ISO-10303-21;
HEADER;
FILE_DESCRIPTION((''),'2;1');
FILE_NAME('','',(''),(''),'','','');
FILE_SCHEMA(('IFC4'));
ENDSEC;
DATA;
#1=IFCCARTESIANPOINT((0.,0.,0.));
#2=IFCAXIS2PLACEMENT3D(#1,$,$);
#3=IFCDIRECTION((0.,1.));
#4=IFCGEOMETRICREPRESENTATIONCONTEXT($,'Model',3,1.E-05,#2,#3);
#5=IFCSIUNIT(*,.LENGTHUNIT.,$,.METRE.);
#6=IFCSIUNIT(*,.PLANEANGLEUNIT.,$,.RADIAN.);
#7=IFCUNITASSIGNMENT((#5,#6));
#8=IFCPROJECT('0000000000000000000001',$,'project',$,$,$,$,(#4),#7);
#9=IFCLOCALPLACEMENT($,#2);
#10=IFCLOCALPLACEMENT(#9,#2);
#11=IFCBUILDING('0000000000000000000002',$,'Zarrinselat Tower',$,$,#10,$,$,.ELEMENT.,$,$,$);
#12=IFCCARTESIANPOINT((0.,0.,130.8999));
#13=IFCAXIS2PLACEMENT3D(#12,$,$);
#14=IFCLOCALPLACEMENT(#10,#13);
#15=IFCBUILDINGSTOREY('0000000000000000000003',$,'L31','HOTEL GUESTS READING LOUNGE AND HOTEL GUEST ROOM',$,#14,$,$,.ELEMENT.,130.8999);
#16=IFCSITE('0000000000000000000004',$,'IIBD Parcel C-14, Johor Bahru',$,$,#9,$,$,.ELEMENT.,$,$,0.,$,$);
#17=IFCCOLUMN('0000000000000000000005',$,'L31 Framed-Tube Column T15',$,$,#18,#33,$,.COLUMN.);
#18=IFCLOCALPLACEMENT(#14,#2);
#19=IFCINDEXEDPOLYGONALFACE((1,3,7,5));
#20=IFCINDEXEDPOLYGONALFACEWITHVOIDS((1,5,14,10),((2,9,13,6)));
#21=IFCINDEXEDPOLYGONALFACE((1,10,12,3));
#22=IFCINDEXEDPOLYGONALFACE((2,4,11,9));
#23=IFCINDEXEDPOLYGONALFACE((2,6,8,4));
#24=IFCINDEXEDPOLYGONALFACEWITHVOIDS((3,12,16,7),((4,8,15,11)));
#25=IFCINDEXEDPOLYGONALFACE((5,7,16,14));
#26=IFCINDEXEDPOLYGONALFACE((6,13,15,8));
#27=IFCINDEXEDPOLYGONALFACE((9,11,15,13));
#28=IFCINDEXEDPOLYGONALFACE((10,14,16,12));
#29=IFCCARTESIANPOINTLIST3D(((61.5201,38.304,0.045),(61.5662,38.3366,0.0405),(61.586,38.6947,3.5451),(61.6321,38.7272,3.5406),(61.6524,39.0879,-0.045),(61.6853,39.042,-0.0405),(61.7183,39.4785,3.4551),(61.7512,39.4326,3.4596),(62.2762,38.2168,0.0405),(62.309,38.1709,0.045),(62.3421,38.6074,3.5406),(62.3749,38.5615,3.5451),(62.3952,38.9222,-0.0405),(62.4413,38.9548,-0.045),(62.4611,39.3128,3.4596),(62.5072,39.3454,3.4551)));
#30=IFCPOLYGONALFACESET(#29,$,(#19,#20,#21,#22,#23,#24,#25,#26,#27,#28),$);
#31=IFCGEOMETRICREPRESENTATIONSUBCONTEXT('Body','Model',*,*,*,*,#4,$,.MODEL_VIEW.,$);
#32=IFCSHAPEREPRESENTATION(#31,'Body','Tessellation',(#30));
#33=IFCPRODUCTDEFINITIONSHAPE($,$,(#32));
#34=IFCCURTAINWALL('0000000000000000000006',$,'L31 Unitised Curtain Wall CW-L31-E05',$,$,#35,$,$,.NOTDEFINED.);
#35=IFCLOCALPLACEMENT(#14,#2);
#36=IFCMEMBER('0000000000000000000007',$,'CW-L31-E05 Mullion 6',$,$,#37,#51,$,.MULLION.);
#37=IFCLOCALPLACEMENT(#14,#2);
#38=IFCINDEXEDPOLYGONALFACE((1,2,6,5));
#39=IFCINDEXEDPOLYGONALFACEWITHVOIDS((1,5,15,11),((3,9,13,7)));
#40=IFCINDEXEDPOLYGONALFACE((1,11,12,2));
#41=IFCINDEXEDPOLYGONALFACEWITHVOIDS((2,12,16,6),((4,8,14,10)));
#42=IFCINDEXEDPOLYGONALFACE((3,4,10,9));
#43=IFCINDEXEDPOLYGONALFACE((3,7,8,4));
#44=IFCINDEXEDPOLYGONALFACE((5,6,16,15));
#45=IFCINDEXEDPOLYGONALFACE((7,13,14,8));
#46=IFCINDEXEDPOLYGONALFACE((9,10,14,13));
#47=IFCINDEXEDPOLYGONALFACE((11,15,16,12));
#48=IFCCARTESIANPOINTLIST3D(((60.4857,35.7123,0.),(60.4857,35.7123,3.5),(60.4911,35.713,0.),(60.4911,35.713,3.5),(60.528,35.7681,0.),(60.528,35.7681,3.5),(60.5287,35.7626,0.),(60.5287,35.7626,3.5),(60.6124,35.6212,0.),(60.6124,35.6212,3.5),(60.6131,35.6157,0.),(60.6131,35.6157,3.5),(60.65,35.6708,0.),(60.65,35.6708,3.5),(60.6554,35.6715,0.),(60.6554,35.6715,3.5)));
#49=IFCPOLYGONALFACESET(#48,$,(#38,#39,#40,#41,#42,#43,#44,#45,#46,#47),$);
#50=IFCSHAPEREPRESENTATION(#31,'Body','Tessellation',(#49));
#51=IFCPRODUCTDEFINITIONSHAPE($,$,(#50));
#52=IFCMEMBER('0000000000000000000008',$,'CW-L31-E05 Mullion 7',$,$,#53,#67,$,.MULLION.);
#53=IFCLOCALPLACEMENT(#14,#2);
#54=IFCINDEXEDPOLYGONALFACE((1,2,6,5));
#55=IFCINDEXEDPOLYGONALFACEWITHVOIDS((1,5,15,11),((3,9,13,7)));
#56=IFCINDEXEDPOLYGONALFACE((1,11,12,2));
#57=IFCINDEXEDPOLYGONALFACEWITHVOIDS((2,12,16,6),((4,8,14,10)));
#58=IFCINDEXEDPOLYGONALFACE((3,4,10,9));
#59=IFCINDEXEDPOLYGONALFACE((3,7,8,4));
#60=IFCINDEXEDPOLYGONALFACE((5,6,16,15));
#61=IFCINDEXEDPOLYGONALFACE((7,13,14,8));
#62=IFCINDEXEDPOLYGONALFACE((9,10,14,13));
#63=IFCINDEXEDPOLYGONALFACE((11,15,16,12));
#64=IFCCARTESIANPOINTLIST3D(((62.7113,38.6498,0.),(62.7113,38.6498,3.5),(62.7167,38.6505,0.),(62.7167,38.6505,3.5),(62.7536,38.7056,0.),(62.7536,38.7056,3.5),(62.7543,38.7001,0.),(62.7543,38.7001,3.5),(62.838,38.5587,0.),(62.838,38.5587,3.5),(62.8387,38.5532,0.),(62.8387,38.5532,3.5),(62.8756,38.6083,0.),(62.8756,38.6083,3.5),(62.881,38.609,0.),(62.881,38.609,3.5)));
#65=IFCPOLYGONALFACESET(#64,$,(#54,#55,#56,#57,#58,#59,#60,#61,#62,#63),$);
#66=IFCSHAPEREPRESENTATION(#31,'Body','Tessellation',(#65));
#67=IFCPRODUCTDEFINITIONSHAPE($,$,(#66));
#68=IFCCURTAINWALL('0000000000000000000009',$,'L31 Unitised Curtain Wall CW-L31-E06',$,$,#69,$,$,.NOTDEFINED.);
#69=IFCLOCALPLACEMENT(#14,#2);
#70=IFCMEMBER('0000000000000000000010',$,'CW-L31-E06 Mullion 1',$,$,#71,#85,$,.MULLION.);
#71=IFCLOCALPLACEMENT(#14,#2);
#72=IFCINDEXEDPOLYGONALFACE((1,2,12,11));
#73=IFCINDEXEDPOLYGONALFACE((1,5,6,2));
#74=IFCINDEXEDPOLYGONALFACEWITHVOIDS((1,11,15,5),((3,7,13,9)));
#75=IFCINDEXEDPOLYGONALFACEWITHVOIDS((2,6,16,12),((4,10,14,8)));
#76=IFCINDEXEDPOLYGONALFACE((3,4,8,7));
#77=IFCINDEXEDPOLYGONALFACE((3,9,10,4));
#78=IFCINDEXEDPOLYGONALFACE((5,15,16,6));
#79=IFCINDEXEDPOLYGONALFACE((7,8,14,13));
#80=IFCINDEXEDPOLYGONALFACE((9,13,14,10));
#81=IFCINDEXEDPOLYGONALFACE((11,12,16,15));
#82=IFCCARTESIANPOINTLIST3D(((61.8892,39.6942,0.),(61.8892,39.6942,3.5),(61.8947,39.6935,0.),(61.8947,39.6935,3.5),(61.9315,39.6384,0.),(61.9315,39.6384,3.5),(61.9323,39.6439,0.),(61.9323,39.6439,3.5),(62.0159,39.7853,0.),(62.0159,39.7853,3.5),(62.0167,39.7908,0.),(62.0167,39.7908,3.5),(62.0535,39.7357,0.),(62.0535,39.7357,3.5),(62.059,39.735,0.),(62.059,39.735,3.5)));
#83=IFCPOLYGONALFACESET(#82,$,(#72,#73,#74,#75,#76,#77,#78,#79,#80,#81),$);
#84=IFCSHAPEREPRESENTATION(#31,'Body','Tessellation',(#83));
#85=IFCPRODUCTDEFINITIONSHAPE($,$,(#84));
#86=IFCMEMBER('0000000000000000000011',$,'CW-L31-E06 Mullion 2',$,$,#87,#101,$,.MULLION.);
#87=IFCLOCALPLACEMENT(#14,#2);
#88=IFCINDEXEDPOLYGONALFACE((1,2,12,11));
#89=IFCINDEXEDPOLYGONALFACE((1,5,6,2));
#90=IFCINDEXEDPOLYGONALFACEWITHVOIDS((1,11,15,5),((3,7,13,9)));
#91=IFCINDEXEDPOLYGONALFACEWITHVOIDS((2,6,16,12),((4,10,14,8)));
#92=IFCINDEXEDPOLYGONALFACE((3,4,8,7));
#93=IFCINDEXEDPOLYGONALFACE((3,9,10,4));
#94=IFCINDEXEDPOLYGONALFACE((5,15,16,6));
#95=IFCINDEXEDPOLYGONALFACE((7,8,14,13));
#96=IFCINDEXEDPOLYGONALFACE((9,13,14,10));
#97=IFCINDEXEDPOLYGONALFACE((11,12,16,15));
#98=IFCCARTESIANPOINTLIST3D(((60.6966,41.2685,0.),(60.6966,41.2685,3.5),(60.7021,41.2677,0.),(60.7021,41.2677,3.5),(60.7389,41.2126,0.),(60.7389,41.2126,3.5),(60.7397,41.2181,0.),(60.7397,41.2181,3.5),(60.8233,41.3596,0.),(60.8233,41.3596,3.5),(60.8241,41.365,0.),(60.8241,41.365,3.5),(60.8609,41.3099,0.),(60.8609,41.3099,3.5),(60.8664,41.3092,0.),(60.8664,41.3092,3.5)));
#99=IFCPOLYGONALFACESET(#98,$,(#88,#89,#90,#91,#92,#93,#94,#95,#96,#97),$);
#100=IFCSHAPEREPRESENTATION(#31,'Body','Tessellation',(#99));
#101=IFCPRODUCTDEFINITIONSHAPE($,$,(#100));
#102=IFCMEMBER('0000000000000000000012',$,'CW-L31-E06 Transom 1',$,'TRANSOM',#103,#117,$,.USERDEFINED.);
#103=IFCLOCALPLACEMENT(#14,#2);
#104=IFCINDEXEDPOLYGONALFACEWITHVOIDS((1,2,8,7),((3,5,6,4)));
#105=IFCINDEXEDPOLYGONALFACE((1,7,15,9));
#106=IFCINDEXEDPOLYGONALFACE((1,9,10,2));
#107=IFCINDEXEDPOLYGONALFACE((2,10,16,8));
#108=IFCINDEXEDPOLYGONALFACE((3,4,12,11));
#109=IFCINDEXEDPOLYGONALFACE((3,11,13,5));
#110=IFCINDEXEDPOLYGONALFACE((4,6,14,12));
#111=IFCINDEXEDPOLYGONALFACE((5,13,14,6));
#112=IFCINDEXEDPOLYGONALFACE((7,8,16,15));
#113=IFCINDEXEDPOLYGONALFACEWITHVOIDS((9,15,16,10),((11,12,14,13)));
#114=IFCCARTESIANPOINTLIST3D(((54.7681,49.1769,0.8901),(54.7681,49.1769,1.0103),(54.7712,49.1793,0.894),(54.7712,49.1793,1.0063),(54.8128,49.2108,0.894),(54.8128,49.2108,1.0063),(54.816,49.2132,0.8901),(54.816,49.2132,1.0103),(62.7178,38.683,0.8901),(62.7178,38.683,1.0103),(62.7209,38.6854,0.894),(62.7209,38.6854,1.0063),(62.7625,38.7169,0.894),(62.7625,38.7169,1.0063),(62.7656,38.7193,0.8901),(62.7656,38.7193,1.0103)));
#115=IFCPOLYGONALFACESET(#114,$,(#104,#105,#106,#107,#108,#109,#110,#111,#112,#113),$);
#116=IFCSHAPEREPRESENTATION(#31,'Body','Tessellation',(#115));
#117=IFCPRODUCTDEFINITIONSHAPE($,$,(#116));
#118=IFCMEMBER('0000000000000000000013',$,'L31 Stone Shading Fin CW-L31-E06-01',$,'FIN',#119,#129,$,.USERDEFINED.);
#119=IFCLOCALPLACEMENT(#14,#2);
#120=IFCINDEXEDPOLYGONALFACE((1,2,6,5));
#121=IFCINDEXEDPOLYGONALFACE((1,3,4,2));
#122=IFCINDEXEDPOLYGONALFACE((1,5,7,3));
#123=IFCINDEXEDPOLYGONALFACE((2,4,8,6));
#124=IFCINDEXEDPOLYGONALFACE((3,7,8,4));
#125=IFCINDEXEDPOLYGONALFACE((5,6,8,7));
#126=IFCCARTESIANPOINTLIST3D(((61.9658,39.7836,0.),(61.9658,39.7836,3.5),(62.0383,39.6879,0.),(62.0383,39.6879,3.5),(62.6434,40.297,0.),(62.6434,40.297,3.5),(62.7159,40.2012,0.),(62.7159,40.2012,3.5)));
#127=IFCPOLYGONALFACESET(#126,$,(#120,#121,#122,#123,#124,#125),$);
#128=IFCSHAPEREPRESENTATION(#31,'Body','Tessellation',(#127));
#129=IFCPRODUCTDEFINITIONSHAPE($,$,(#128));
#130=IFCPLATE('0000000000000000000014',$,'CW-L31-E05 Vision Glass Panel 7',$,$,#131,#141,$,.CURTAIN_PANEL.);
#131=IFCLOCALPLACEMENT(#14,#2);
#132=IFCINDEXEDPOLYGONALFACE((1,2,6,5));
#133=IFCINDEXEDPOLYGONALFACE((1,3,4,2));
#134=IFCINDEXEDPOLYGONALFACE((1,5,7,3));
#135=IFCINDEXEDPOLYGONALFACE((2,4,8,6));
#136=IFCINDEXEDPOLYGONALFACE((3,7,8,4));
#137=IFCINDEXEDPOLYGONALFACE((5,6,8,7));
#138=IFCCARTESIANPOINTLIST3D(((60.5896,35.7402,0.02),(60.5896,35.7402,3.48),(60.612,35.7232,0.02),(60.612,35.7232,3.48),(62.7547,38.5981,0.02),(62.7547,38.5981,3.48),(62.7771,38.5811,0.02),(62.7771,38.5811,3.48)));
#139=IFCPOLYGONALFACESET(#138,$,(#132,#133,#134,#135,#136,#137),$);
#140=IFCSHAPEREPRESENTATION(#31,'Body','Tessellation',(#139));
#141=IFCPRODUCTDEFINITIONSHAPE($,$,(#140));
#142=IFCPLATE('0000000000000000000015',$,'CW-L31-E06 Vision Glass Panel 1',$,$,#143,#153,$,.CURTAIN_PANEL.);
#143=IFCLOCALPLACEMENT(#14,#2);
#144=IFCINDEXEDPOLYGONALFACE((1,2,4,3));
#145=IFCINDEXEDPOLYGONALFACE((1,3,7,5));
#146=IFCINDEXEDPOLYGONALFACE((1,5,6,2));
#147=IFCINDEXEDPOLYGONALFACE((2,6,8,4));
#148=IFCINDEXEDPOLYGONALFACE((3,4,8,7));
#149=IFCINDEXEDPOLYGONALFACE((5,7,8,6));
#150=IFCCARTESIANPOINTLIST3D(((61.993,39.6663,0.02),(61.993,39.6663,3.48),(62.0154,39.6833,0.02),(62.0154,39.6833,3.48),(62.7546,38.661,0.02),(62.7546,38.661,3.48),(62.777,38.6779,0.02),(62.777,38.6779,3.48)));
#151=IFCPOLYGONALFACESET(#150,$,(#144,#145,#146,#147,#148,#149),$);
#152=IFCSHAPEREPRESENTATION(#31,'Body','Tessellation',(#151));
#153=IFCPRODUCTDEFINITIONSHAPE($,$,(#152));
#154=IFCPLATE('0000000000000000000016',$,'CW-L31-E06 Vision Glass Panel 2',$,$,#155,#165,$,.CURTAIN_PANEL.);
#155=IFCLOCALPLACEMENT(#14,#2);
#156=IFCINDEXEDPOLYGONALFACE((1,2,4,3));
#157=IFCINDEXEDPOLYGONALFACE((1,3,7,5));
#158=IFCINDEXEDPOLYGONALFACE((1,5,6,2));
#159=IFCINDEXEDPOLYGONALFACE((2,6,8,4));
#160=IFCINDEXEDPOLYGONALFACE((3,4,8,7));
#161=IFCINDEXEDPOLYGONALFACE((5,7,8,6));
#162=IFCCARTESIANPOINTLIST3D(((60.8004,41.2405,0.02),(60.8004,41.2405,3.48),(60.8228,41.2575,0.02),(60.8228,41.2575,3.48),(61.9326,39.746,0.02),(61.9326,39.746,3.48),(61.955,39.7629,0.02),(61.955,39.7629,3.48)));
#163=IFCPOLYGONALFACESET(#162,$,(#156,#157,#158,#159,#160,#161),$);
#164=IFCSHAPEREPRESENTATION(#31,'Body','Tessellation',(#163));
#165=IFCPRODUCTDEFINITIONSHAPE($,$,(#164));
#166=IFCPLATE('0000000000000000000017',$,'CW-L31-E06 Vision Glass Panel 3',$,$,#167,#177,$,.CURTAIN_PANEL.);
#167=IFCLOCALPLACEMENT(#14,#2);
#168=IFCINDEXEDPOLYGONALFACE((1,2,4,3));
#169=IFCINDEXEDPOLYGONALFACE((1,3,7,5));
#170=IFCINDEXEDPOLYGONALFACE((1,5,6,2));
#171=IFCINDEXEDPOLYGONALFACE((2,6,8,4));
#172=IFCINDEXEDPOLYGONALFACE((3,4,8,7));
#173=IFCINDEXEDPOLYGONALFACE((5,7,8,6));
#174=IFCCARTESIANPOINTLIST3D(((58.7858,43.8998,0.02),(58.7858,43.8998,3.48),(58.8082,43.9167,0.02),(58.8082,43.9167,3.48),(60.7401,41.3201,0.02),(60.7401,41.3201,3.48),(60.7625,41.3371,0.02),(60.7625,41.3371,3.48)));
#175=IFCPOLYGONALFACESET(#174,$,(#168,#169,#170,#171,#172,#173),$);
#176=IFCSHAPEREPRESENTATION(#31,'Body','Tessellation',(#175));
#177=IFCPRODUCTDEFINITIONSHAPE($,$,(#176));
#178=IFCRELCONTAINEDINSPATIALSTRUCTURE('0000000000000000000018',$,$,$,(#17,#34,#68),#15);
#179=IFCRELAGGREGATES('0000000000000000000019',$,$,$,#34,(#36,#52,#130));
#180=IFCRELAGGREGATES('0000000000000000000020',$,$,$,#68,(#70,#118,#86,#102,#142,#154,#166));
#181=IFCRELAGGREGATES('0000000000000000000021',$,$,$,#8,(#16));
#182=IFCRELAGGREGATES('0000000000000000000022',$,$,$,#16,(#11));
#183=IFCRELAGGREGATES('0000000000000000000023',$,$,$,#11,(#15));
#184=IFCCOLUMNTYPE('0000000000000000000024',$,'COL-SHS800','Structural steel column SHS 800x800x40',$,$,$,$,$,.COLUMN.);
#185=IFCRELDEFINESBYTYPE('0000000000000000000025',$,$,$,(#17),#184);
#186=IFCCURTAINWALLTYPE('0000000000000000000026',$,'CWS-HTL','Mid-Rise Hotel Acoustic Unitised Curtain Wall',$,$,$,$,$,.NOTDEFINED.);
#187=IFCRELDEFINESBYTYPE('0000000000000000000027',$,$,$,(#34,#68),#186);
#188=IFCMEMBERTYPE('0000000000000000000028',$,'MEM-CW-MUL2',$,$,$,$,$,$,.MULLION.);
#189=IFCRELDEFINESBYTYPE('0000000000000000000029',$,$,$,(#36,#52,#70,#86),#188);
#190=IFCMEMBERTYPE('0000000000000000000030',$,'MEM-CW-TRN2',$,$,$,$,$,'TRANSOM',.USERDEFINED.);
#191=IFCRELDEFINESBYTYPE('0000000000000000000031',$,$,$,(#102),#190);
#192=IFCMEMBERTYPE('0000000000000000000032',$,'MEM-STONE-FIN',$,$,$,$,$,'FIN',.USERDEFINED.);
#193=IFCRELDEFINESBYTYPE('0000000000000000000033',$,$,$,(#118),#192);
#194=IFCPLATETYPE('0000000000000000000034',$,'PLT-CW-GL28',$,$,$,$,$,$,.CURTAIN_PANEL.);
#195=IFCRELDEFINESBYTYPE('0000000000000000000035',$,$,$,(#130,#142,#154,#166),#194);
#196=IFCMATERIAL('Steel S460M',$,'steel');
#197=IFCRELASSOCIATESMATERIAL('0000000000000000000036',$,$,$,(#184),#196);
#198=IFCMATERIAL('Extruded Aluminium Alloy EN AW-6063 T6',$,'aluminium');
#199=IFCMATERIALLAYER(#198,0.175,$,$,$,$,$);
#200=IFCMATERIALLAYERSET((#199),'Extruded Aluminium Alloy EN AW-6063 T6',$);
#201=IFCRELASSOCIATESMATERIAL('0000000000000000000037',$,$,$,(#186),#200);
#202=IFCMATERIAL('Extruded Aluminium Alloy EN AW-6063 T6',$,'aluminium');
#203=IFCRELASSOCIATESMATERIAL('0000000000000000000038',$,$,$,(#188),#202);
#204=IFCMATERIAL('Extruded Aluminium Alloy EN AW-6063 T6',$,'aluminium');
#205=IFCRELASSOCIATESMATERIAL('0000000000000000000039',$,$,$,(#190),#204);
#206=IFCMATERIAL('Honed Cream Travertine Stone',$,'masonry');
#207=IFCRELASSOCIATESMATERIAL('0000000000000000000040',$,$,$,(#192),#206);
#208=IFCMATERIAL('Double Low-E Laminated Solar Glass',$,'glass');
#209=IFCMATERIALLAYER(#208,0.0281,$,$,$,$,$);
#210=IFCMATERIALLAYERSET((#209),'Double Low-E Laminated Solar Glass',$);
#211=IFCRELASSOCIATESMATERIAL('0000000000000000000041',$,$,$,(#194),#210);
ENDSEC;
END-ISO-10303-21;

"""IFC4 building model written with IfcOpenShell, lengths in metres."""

from ifc_helpers import new_model, si_unit, direction, frame, origin, origin_2d, place, context, subcontext, project, spatial, rectangle, hollow_rectangle, extrude, material, layer, layer_set, material_profile, profile_set, type_object, element, aggregate, save


model = new_model("IFC4")

# Units and contexts
model_context = context("Model", 3, precision=1e-05, world=origin(), true_north=direction((0.0, 1.0)))
body_context = subcontext(model_context, "Body", "Model", "MODEL_VIEW")
ifc_project = project(units=[si_unit("LENGTHUNIT", "METRE"), si_unit("PLANEANGLEUNIT", "RADIAN")], contexts=[model_context])

# Site, building, storey
site_placement = place(None, origin())
site = spatial("IfcSite", under=ifc_project, at=site_placement, Name="IIBD Parcel C-14, Johor Bahru", CompositionType="ELEMENT", RefElevation=0.0)
building_placement = place(site_placement, origin())
building = spatial("IfcBuilding", under=site, at=building_placement, Name="Zarrinselat Tower", CompositionType="ELEMENT")
storey_placement = place(building_placement, frame((0.0, 0.0, 130.8999)))
storey = spatial("IfcBuildingStorey", under=building, at=storey_placement, Name="L31", Description="HOTEL GUESTS READING LOUNGE AND HOTEL GUEST ROOM", CompositionType="ELEMENT", Elevation=130.8999)

# Column
ifc_material_1 = material(Name="Steel S460M", Category="steel")
ifc_material_profile_1 = material_profile(ifc_material_1, hollow_rectangle(XDim=0.8, YDim=0.8, WallThickness=0.04, at=origin_2d()), Name="SHS 800x800x40")
ifc_profile_set_1 = profile_set([ifc_material_profile_1], Name="Steel S460M")
column_type = type_object("IfcColumnType", Name="COL-SHS800", Description="Structural steel column SHS 800x800x40", PredefinedType="COLUMN", material=ifc_profile_set_1)
column_placement = place(storey_placement, frame((61.9807, 38.6294, 0.0), z_axis=(0.018714, 0.110899, 0.993655), x_axis=(-0.986059, 0.166397, 0.0)))
element("IfcColumn", 1, at=column_placement, inside=storey, type_object=column_type, Name="L31 Framed-Tube Column T15", PredefinedType="COLUMN", context=body_context, shape_type="SweptSolid", body=[
    extrude(hollow_rectangle(XDim=0.8, YDim=0.8, WallThickness=0.04, at=origin_2d()), origin(), (0.0, 0.0, 1.0), 3.5225),
])

# Curtain walls, members
ifc_material_2 = material(Name="Extruded Aluminium Alloy EN AW-6063 T6", Category="aluminium")
ifc_layer_1 = layer(ifc_material_2, 0.175)
ifc_layer_set_1 = layer_set([ifc_layer_1], Name="Extruded Aluminium Alloy EN AW-6063 T6")
curtain_wall_type = type_object("IfcCurtainWallType", Name="CWS-HTL", Description="Mid-Rise Hotel Acoustic Unitised Curtain Wall", PredefinedType="NOTDEFINED", material=ifc_layer_set_1)
curtain_wall_1_placement = place(storey_placement, origin())
curtain_wall_1 = element("IfcCurtainWall", 2, at=curtain_wall_1_placement, inside=storey, type_object=curtain_wall_type, Name="L31 Unitised Curtain Wall CW-L31-E05", PredefinedType="NOTDEFINED")
ifc_material_3 = material(Name="Extruded Aluminium Alloy EN AW-6063 T6", Category="aluminium")
ifc_material_profile_2 = material_profile(ifc_material_3, hollow_rectangle(XDim=0.0701, YDim=0.1599, WallThickness=0.0039, at=origin_2d()), Name="RHS 160x70x4")
ifc_profile_set_2 = profile_set([ifc_material_profile_2], Name="Extruded Aluminium Alloy EN AW-6063 T6")
member_type_1 = type_object("IfcMemberType", Name="MEM-CW-MUL2", PredefinedType="MULLION", material=ifc_profile_set_2)
member_1_placement = place(storey_placement, frame((60.5706, 35.6919, 0.0), z_axis=(0.0, 0.0, 1.0), x_axis=(0.603858, 0.797092, 0.0)))
member_1 = element("IfcMember", 3, at=member_1_placement, type_object=member_type_1, Name="CW-L31-E05 Mullion 6", PredefinedType="MULLION", context=body_context, shape_type="SweptSolid", body=[
    extrude(hollow_rectangle(XDim=0.0701, YDim=0.1599, WallThickness=0.0039, at=origin_2d()), origin(), (0.0, 0.0, 1.0), 3.5),
])
member_2_placement = place(storey_placement, frame((62.7961, 38.6294, 0.0), z_axis=(0.0, 0.0, 1.0), x_axis=(0.603858, 0.797092, 0.0)))
member_2 = element("IfcMember", 4, at=member_2_placement, type_object=member_type_1, Name="CW-L31-E05 Mullion 7", PredefinedType="MULLION", context=body_context, shape_type="SweptSolid", body=[
    extrude(hollow_rectangle(XDim=0.0701, YDim=0.1599, WallThickness=0.0039, at=origin_2d()), origin(), (0.0, 0.0, 1.0), 3.5),
])
curtain_wall_2_placement = place(storey_placement, origin())
curtain_wall_2 = element("IfcCurtainWall", 5, at=curtain_wall_2_placement, inside=storey, type_object=curtain_wall_type, Name="L31 Unitised Curtain Wall CW-L31-E06", PredefinedType="NOTDEFINED")
member_3_placement = place(storey_placement, frame((61.9741, 39.7146, 0.0), z_axis=(0.0, 0.0, 1.0), x_axis=(-0.603858, 0.797092, 0.0)))
member_3 = element("IfcMember", 6, at=member_3_placement, type_object=member_type_1, Name="CW-L31-E06 Mullion 1", PredefinedType="MULLION", context=body_context, shape_type="SweptSolid", body=[
    extrude(hollow_rectangle(XDim=0.0701, YDim=0.1599, WallThickness=0.0039, at=origin_2d()), origin(), (0.0, 0.0, 1.0), 3.5),
])
member_4_placement = place(storey_placement, frame((60.7815, 41.2888, 0.0), z_axis=(0.0, 0.0, 1.0), x_axis=(-0.603858, 0.797092, 0.0)))
member_4 = element("IfcMember", 7, at=member_4_placement, type_object=member_type_1, Name="CW-L31-E06 Mullion 2", PredefinedType="MULLION", context=body_context, shape_type="SweptSolid", body=[
    extrude(hollow_rectangle(XDim=0.0701, YDim=0.1599, WallThickness=0.0039, at=origin_2d()), origin(), (0.0, 0.0, 1.0), 3.5),
])
ifc_material_4 = material(Name="Extruded Aluminium Alloy EN AW-6063 T6", Category="aluminium")
ifc_material_profile_3 = material_profile(ifc_material_4, hollow_rectangle(XDim=0.0601, YDim=0.1201, WallThickness=0.0039, at=origin_2d()), Name="RHS 120x60x4")
ifc_profile_set_3 = profile_set([ifc_material_profile_3], Name="Extruded Aluminium Alloy EN AW-6063 T6")
member_type_2 = type_object("IfcMemberType", Name="MEM-CW-TRN2", ElementType="TRANSOM", PredefinedType="USERDEFINED", material=ifc_profile_set_3)
member_5_placement = place(storey_placement, frame((62.7417, 38.7012, 0.9502), z_axis=(-0.603847, 0.7971, 0.0), x_axis=(-0.7971, -0.603847, 0.0)))
member_5 = element("IfcMember", 8, at=member_5_placement, type_object=member_type_2, Name="CW-L31-E06 Transom 1", ObjectType="TRANSOM", PredefinedType="USERDEFINED", context=body_context, shape_type="SweptSolid", body=[
    extrude(hollow_rectangle(XDim=0.0601, YDim=0.1201, WallThickness=0.0039, at=origin_2d()), origin(), (0.0, 0.0, 1.0), 13.165),
])
ifc_material_5 = material(Name="Honed Cream Travertine Stone", Category="masonry")
ifc_material_profile_4 = material_profile(ifc_material_5, rectangle(XDim=0.1201, YDim=0.8501, at=origin_2d()), Name="FIN 850x120")
ifc_profile_set_4 = profile_set([ifc_material_profile_4], Name="Honed Cream Travertine Stone")
member_type_3 = type_object("IfcMemberType", Name="MEM-STONE-FIN", ElementType="FIN", PredefinedType="USERDEFINED", material=ifc_profile_set_4)
member_6_placement = place(storey_placement, frame((62.3408, 39.9924, 0.0), z_axis=(0.0, 0.0, 1.0), x_axis=(0.603858, -0.797092, 0.0)))
member_6 = element("IfcMember", 9, at=member_6_placement, type_object=member_type_3, Name="L31 Stone Shading Fin CW-L31-E06-01", ObjectType="FIN", PredefinedType="USERDEFINED", context=body_context, shape_type="SweptSolid", body=[
    extrude(rectangle(XDim=0.1201, YDim=0.8501, at=origin_2d()), origin(), (0.0, 0.0, 1.0), 3.5),
])

# Plates
ifc_material_6 = material(Name="Double Low-E Laminated Solar Glass", Category="glass")
ifc_layer_2 = layer(ifc_material_6, 0.0281)
ifc_layer_set_2 = layer_set([ifc_layer_2], Name="Double Low-E Laminated Solar Glass")
plate_type = type_object("IfcPlateType", Name="PLT-CW-GL28", PredefinedType="CURTAIN_PANEL", material=ifc_layer_set_2)
plate_1_placement = place(storey_placement, frame((61.6833, 37.1606, 0.02), z_axis=(0.0, 0.0, 1.0), x_axis=(0.603858, 0.797092, 0.0)))
plate_1 = element("IfcPlate", 10, at=plate_1_placement, type_object=plate_type, Name="CW-L31-E05 Vision Glass Panel 7", PredefinedType="CURTAIN_PANEL", context=body_context, shape_type="SweptSolid", body=[
    extrude(rectangle(XDim=3.5854, YDim=0.0281, at=origin_2d()), origin(), (0.0, 0.0, 1.0), 3.46),
])
aggregate(curtain_wall_1, [member_1, member_2, plate_1])
plate_2_placement = place(storey_placement, frame((62.385, 39.1721, 0.02), z_axis=(0.0, 0.0, 1.0), x_axis=(-0.603858, 0.797092, 0.0)))
plate_2 = element("IfcPlate", 11, at=plate_2_placement, type_object=plate_type, Name="CW-L31-E06 Vision Glass Panel 1", PredefinedType="CURTAIN_PANEL", context=body_context, shape_type="SweptSolid", body=[
    extrude(rectangle(XDim=1.2612, YDim=0.0281, at=origin_2d()), origin(), (0.0, 0.0, 1.0), 3.46),
])
plate_3_placement = place(storey_placement, frame((61.3777, 40.5017, 0.02), z_axis=(0.0, 0.0, 1.0), x_axis=(-0.603858, 0.797092, 0.0)))
plate_3 = element("IfcPlate", 12, at=plate_3_placement, type_object=plate_type, Name="CW-L31-E06 Vision Glass Panel 2", PredefinedType="CURTAIN_PANEL", context=body_context, shape_type="SweptSolid", body=[
    extrude(rectangle(XDim=1.875, YDim=0.0281, at=origin_2d()), origin(), (0.0, 0.0, 1.0), 3.46),
])
plate_4_placement = place(storey_placement, frame((59.7742, 42.6184, 0.02), z_axis=(0.0, 0.0, 1.0), x_axis=(-0.603858, 0.797092, 0.0)))
plate_4 = element("IfcPlate", 13, at=plate_4_placement, type_object=plate_type, Name="CW-L31-E06 Vision Glass Panel 3", PredefinedType="CURTAIN_PANEL", context=body_context, shape_type="SweptSolid", body=[
    extrude(rectangle(XDim=3.2363, YDim=0.0281, at=origin_2d()), origin(), (0.0, 0.0, 1.0), 3.46),
])
aggregate(curtain_wall_2, [member_3, member_6, member_4, member_5, plate_2, plate_3, plate_4])

save(model, "model.ifc")
